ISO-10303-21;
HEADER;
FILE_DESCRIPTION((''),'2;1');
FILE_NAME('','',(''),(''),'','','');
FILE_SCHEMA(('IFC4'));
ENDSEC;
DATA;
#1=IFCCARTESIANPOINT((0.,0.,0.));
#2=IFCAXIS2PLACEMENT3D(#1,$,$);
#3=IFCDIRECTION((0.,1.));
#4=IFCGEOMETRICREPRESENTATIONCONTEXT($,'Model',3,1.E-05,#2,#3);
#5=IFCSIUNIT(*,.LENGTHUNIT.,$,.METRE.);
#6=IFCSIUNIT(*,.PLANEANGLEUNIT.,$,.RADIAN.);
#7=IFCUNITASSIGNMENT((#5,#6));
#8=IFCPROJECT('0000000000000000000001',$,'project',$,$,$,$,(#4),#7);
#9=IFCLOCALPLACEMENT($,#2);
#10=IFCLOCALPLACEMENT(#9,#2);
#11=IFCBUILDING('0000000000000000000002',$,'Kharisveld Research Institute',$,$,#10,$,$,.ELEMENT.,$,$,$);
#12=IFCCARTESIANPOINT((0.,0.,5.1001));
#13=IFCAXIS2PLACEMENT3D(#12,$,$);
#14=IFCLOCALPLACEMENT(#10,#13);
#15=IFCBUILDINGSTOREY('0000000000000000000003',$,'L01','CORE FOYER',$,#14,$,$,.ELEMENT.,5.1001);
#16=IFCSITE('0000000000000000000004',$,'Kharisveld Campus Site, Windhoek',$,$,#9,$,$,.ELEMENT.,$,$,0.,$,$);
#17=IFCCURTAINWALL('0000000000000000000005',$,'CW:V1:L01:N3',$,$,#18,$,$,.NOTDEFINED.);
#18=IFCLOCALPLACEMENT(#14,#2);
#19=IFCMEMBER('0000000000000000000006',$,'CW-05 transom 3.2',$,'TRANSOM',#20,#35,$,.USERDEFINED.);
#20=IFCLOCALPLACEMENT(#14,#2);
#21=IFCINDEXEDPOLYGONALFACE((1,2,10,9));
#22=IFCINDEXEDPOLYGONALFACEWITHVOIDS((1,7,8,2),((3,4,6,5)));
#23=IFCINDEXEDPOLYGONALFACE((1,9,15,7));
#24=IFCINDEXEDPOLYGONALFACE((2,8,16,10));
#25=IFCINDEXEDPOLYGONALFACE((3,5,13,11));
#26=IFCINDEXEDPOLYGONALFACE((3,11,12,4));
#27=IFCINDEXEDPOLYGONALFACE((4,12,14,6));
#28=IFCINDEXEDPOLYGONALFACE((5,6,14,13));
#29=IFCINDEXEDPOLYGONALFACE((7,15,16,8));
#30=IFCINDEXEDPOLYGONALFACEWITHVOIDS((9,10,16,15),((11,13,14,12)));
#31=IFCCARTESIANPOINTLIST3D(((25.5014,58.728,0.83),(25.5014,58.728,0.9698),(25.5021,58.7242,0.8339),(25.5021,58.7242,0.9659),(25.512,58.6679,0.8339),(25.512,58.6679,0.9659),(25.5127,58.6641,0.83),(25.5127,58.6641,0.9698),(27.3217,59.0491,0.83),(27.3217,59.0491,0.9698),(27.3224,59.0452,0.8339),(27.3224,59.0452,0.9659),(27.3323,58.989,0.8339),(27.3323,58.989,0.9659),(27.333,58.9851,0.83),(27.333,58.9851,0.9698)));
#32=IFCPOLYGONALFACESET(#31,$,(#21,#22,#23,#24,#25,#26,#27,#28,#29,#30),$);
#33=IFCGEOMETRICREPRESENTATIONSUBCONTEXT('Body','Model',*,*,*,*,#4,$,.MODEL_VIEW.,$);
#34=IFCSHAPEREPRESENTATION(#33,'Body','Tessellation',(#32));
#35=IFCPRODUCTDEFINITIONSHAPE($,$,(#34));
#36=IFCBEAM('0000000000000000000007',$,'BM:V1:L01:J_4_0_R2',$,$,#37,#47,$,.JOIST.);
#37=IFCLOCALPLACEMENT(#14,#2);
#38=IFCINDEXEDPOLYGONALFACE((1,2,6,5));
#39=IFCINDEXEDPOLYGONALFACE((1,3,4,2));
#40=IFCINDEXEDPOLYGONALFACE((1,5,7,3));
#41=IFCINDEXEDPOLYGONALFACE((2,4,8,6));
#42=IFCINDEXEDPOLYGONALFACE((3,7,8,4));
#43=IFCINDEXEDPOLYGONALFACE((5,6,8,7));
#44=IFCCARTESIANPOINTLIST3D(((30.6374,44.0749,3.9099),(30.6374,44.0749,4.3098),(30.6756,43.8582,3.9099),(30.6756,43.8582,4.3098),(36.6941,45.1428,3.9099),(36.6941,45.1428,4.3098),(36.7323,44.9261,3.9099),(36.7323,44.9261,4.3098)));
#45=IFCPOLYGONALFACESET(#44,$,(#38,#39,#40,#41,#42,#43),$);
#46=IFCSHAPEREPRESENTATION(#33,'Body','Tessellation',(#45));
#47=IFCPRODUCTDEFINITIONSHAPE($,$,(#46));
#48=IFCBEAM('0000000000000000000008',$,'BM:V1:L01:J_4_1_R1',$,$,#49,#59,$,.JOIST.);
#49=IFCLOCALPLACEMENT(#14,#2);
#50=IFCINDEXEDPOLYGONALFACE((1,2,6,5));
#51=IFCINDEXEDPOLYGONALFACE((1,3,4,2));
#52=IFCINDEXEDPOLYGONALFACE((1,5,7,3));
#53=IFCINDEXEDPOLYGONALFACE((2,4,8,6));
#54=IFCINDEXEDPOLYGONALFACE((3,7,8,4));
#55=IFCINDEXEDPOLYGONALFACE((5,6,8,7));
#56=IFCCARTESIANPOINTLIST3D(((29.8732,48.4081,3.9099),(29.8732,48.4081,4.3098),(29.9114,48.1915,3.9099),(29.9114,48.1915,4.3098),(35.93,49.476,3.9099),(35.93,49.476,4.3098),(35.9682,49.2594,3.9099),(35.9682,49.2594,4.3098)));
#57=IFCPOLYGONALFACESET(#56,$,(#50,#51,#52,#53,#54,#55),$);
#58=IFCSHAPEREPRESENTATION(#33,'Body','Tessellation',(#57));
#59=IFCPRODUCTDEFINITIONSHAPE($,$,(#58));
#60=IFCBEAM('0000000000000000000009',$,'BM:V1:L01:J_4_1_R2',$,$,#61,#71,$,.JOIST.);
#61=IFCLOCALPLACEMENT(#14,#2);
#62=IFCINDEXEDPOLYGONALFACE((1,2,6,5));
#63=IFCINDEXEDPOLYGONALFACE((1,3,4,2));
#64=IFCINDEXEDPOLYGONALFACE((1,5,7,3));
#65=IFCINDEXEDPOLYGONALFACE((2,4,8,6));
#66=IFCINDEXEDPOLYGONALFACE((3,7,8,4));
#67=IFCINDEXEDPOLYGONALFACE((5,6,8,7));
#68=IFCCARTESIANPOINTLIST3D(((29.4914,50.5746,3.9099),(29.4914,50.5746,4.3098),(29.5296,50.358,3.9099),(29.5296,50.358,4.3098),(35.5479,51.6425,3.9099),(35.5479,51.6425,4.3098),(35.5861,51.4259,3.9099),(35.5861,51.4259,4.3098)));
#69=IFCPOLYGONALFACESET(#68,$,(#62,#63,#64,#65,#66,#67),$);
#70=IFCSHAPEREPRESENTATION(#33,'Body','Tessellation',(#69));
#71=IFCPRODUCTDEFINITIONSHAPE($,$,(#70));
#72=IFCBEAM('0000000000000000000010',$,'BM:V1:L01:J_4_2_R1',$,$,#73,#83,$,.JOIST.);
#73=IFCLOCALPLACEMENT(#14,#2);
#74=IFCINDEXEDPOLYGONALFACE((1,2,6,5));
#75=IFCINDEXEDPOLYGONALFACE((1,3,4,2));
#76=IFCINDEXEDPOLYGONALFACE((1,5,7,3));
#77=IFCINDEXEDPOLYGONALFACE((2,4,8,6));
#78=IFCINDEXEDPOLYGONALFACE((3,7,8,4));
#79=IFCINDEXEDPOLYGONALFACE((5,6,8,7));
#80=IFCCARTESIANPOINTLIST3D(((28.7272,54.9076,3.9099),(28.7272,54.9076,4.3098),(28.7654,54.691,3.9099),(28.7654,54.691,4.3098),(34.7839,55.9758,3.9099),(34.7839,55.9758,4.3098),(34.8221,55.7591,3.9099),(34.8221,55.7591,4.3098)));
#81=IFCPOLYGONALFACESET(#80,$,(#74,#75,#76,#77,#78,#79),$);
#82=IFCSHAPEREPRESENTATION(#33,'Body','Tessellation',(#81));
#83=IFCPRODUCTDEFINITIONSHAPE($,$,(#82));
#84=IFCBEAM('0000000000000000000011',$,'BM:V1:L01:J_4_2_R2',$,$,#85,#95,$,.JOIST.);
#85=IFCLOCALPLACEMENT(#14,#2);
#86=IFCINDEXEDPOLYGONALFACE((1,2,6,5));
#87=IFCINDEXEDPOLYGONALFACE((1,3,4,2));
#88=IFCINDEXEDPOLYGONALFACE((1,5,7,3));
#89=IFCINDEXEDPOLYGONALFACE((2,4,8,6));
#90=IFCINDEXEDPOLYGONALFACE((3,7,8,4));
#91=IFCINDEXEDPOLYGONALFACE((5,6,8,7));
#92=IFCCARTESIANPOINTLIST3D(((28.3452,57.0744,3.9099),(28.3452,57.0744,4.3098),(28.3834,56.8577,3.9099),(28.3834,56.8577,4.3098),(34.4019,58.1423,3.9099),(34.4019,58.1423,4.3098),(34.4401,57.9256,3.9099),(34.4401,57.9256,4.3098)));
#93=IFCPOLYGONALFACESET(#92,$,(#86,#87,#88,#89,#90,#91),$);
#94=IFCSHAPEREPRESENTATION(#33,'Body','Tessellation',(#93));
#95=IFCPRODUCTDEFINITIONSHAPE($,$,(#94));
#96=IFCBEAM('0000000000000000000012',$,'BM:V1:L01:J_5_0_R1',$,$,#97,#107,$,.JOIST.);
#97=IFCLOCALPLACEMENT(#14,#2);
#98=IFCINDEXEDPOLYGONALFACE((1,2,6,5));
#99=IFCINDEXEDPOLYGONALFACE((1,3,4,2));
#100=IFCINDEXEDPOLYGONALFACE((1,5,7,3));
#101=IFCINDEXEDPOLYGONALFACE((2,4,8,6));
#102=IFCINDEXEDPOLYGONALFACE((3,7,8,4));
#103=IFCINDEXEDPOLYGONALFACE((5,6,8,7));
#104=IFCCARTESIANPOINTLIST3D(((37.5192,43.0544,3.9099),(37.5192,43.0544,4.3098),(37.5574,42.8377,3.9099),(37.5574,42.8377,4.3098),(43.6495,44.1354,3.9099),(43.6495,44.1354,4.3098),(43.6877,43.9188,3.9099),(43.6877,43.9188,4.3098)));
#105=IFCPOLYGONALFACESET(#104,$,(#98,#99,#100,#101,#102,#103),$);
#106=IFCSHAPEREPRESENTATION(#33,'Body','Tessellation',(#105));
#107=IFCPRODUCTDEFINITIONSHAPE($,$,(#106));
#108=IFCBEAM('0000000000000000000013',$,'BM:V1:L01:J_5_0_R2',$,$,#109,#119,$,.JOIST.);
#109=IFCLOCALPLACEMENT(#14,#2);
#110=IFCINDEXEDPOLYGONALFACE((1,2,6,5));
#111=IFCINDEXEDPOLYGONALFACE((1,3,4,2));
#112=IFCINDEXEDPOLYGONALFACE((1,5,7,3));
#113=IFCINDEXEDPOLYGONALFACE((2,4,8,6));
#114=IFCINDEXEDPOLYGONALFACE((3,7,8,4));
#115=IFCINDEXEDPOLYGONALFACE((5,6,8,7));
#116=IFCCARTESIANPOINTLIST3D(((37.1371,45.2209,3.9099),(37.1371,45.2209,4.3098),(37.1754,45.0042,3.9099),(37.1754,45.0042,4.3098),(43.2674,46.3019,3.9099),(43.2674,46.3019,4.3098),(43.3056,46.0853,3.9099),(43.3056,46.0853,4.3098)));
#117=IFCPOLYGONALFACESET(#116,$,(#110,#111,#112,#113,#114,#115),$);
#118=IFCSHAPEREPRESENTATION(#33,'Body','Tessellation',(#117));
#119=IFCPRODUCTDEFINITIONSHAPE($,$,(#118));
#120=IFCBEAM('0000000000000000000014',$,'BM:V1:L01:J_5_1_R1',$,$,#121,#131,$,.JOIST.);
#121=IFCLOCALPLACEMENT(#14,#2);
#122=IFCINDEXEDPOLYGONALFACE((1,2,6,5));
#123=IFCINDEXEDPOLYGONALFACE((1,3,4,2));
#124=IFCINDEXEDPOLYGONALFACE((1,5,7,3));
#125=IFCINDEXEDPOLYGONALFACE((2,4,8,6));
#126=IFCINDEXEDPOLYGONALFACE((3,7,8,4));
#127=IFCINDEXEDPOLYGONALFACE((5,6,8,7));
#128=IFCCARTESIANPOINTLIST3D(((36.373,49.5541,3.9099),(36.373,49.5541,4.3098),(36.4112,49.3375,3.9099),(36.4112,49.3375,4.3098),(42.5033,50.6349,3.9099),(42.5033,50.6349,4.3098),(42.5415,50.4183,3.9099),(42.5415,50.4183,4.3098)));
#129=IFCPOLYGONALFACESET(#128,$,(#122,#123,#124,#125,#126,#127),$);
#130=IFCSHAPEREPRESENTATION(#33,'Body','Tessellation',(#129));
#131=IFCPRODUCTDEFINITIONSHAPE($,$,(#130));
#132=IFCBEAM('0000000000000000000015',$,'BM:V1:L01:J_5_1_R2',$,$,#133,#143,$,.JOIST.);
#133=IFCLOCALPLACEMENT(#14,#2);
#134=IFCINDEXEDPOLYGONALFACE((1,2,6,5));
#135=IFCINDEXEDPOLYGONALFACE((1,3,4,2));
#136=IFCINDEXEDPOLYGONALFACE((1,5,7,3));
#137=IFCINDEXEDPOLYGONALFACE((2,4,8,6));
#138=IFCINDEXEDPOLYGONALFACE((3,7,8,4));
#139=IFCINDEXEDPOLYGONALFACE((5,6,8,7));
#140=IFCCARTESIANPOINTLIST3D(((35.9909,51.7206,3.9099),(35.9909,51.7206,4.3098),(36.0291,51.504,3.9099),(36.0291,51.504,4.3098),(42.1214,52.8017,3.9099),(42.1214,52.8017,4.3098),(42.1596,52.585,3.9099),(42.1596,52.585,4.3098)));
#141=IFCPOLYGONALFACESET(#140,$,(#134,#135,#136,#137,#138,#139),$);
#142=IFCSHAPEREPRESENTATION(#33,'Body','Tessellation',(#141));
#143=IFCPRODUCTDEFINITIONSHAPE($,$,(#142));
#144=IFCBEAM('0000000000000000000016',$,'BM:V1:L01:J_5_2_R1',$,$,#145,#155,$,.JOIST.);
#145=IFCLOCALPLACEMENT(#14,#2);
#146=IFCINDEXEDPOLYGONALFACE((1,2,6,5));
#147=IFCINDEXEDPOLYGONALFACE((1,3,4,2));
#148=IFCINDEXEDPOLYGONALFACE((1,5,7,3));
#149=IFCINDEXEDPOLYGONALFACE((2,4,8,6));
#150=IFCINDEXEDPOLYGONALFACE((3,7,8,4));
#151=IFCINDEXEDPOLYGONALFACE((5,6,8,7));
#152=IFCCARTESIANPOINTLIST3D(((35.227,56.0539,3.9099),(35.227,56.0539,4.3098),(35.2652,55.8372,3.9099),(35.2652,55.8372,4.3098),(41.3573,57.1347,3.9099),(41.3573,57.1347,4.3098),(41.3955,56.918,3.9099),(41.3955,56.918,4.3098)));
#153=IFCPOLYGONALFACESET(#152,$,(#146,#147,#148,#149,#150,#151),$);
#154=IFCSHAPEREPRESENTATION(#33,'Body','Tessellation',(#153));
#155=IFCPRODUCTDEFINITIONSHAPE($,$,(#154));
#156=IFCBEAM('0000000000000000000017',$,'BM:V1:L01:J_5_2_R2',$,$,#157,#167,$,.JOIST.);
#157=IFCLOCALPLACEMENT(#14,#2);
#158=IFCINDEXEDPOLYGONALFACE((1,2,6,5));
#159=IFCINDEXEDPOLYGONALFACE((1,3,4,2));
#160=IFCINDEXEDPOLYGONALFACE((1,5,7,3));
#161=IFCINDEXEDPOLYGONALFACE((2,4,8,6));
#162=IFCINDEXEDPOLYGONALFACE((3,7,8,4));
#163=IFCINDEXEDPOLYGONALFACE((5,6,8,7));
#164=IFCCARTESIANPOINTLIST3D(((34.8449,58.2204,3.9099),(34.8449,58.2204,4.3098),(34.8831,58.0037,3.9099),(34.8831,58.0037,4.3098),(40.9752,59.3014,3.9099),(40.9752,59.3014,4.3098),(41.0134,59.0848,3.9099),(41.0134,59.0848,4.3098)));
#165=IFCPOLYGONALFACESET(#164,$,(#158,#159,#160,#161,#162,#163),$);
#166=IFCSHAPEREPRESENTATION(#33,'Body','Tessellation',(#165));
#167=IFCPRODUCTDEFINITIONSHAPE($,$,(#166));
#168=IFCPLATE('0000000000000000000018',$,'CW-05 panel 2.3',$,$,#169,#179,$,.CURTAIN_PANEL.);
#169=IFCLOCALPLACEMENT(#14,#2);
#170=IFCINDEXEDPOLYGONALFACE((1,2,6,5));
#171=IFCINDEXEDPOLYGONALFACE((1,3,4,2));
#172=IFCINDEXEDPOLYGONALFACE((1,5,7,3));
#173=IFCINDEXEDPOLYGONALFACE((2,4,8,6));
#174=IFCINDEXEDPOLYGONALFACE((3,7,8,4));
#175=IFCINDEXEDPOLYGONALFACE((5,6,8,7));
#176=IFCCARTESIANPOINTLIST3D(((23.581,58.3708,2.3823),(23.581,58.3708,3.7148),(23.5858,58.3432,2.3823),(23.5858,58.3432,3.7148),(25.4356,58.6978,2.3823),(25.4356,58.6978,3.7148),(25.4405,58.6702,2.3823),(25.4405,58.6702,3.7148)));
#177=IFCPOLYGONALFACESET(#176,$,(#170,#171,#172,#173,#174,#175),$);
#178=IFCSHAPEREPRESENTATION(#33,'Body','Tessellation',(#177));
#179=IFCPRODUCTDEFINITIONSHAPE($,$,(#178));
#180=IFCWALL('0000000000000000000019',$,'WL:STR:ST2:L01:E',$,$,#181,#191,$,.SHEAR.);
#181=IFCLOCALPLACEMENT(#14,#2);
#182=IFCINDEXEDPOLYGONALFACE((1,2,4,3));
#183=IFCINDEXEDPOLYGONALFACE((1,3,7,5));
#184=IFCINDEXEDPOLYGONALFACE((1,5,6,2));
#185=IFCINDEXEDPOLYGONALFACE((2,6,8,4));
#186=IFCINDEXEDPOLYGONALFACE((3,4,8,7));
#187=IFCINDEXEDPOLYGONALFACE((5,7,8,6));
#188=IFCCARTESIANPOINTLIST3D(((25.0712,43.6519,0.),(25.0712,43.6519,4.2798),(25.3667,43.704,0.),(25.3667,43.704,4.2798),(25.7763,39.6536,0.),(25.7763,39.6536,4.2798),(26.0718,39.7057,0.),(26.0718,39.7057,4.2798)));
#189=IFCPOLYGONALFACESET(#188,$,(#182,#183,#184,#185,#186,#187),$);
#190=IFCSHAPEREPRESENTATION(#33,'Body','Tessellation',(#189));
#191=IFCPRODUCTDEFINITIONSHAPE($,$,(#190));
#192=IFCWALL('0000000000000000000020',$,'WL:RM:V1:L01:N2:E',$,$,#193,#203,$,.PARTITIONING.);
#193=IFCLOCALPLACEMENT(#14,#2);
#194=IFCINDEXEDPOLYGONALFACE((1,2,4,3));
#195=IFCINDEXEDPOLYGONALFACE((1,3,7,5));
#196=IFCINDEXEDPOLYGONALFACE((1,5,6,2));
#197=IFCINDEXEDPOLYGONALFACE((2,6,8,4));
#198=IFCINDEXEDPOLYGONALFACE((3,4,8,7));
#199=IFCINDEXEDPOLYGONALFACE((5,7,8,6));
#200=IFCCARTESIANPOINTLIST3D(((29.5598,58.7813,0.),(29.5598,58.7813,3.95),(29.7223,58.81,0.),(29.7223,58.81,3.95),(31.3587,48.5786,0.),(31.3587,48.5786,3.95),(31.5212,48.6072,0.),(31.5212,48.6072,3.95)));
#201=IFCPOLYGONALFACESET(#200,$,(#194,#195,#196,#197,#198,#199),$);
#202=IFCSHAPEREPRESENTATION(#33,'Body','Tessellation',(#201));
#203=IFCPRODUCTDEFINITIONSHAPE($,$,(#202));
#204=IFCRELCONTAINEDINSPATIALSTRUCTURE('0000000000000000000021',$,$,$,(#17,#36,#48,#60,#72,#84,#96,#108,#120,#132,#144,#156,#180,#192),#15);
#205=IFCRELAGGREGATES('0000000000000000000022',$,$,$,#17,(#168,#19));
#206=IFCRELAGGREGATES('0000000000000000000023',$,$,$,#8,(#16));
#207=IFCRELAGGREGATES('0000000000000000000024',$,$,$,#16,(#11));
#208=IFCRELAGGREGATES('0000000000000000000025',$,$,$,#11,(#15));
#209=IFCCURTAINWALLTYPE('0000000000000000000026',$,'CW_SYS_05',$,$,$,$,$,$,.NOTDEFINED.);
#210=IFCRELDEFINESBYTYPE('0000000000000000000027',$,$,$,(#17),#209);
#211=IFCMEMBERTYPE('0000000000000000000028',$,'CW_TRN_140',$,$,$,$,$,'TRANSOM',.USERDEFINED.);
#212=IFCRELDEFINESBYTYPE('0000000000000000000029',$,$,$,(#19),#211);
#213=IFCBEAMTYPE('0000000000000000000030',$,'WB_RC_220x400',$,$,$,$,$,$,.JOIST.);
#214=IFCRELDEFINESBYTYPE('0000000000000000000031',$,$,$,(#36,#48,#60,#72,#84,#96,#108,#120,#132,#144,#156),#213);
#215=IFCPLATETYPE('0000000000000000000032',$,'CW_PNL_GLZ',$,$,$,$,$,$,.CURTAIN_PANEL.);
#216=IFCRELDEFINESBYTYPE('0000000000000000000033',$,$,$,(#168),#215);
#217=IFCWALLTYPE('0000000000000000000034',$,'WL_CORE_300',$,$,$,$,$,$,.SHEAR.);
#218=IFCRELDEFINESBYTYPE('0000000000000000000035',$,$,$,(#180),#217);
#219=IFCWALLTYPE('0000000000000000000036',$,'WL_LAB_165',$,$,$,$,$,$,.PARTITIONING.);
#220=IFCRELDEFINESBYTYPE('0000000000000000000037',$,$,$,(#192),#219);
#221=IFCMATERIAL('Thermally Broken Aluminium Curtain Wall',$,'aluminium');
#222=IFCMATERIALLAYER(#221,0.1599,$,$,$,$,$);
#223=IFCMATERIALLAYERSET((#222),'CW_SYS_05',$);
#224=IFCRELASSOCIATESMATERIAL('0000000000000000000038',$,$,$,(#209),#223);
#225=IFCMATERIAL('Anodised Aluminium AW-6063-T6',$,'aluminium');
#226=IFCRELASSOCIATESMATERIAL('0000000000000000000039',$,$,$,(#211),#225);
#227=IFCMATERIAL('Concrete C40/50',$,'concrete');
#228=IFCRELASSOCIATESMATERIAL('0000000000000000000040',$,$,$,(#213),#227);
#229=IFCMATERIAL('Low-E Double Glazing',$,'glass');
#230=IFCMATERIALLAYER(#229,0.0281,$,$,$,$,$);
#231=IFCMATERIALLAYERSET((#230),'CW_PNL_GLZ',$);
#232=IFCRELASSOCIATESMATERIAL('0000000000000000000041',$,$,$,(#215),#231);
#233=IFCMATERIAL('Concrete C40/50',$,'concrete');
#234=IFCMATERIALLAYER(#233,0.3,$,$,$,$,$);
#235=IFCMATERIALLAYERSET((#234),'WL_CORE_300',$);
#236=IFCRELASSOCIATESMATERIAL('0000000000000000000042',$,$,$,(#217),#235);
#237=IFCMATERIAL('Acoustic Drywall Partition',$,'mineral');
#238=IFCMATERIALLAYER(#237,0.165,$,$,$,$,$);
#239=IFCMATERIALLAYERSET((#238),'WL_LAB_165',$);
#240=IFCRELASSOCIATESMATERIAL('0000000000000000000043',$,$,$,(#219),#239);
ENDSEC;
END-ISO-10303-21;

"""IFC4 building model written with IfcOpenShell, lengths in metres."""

from ifc_helpers import new_model, si_unit, direction, frame, frame_2d, origin, origin_2d, place, context, subcontext, project, spatial, rectangle, hollow_rectangle, extrude, material, layer, layer_set, material_profile, profile_set, type_object, element, aggregate, save


model = new_model("IFC4")

# Units and contexts
model_context = context("Model", 3, precision=1e-05, world=origin(), true_north=direction((0.0, 1.0)))
body_context = subcontext(model_context, "Body", "Model", "MODEL_VIEW")
ifc_project = project(units=[si_unit("LENGTHUNIT", "METRE"), si_unit("PLANEANGLEUNIT", "RADIAN")], contexts=[model_context])

# Site, building, storey
site_placement = place(None, origin())
site = spatial("IfcSite", under=ifc_project, at=site_placement, Name="Kharisveld Campus Site, Windhoek", CompositionType="ELEMENT", RefElevation=0.0)
building_placement = place(site_placement, origin())
building = spatial("IfcBuilding", under=site, at=building_placement, Name="Kharisveld Research Institute", CompositionType="ELEMENT")
storey_placement = place(building_placement, frame((0.0, 0.0, 5.1001)))
storey = spatial("IfcBuildingStorey", under=building, at=storey_placement, Name="L01", Description="CORE FOYER", CompositionType="ELEMENT", Elevation=5.1001)

# Curtain wall, member
ifc_material_1 = material(Name="Thermally Broken Aluminium Curtain Wall", Category="aluminium")
ifc_layer_1 = layer(ifc_material_1, 0.1599)
ifc_layer_set_1 = layer_set([ifc_layer_1], Name="CW_SYS_05")
curtain_wall_type = type_object("IfcCurtainWallType", Name="CW_SYS_05", PredefinedType="NOTDEFINED", material=ifc_layer_set_1)
curtain_wall_placement = place(storey_placement, origin())
curtain_wall = element("IfcCurtainWall", 1, at=curtain_wall_placement, inside=storey, type_object=curtain_wall_type, Name="CW:V1:L01:N3", PredefinedType="NOTDEFINED")
ifc_material_2 = material(Name="Anodised Aluminium AW-6063-T6", Category="aluminium")
ifc_material_profile_1 = material_profile(ifc_material_2, hollow_rectangle(XDim=0.0649, YDim=0.1399, WallThickness=0.0039, at=origin_2d()))
ifc_profile_set_1 = profile_set([ifc_material_profile_1], Name="Anodised Aluminium AW-6063-T6")
member_type_1 = type_object("IfcMemberType", Name="CW_TRN_140", ElementType="TRANSOM", PredefinedType="USERDEFINED", material=ifc_profile_set_1)
member_1_placement = place(storey_placement, frame((25.5071, 58.696, 0.8999), z_axis=(0.984801, 0.173687, 0.0), x_axis=(-0.173687, 0.984801, 0.0)))
member_1 = element("IfcMember", 2, at=member_1_placement, type_object=member_type_1, Name="CW-05 transom 3.2", ObjectType="TRANSOM", PredefinedType="USERDEFINED", context=body_context, shape_type="SweptSolid", body=[
    extrude(hollow_rectangle(XDim=0.0649, YDim=0.1399, WallThickness=0.0039, at=origin_2d()), origin(), (0.0, 0.0, 1.0), 1.8484),
])

# Beams
ifc_material_3 = material(Name="Concrete C40/50", Category="concrete")
ifc_material_profile_2 = material_profile(ifc_material_3, rectangle(XDim=0.22, YDim=0.3999, at=origin_2d()))
ifc_profile_set_2 = profile_set([ifc_material_profile_2], Name="Concrete C40/50")
beam_type_1 = type_object("IfcBeamType", Name="WB_RC_220x400", PredefinedType="JOIST", material=ifc_profile_set_2)
for number, where, z_axis, x_axis, name in (
    (3, (30.6565, 43.9666, 4.1099), (0.98481, 0.173636, 0.0), (-0.173636, 0.98481, 0.0), "BM:V1:L01:J_4_0_R2"),
    (4, (29.8923, 48.2998, 4.1099), (0.98481, 0.173636, 0.0), (-0.173636, 0.98481, 0.0), "BM:V1:L01:J_4_1_R1"),
):
    element("IfcBeam", number, at=place(storey_placement, frame(where, z_axis=z_axis, x_axis=x_axis)), inside=storey, type_object=beam_type_1, Name=name, PredefinedType="JOIST", context=body_context, shape_type="SweptSolid", body=[
        extrude(rectangle(XDim=0.22, YDim=0.3999, at=origin_2d()), origin(), (0.0, 0.0, 1.0), 6.1501),
    ])
beam_1_placement = place(storey_placement, frame((29.5105, 50.4663, 4.1099), z_axis=(0.984809, 0.173643, 0.0), x_axis=(-0.173643, 0.984809, 0.0)))
element("IfcBeam", 5, at=beam_1_placement, inside=storey, type_object=beam_type_1, Name="BM:V1:L01:J_4_1_R2", PredefinedType="JOIST", context=body_context, shape_type="SweptSolid", body=[
    extrude(rectangle(XDim=0.22, YDim=0.3999, at=origin_2d()), origin(), (0.0, 0.0, 1.0), 6.1499),
])
for number, where, z_axis, x_axis, name in (
    (6, (28.7463, 54.7993, 4.1099), (0.984803, 0.173674, 0.0), (-0.173674, 0.984803, 0.0), "BM:V1:L01:J_4_2_R1"),
    (7, (28.3643, 56.9661, 4.1099), (0.98481, 0.173636, 0.0), (-0.173636, 0.98481, 0.0), "BM:V1:L01:J_4_2_R2"),
):
    element("IfcBeam", number, at=place(storey_placement, frame(where, z_axis=z_axis, x_axis=x_axis)), inside=storey, type_object=beam_type_1, Name=name, PredefinedType="JOIST", context=body_context, shape_type="SweptSolid", body=[
        extrude(rectangle(XDim=0.22, YDim=0.3999, at=origin_2d()), origin(), (0.0, 0.0, 1.0), 6.1501),
    ])
for number, where, z_axis, x_axis, name in (
    (8, (37.5383, 42.946, 4.1099), (0.984805, 0.173665, 0.0), (-0.173665, 0.984805, 0.0), "BM:V1:L01:J_5_0_R1"),
    (9, (37.1562, 45.1125, 4.1099), (0.984805, 0.173665, 0.0), (-0.173665, 0.984805, 0.0), "BM:V1:L01:J_5_0_R2"),
    (10, (36.3921, 49.4458, 4.1099), (0.984812, 0.173626, 0.0), (-0.173626, 0.984812, 0.0), "BM:V1:L01:J_5_1_R1"),
):
    element("IfcBeam", number, at=place(storey_placement, frame(where, z_axis=z_axis, x_axis=x_axis)), inside=storey, type_object=beam_type_1, Name=name, PredefinedType="JOIST", context=body_context, shape_type="SweptSolid", body=[
        extrude(rectangle(XDim=0.22, YDim=0.3999, at=origin_2d()), origin(), (0.0, 0.0, 1.0), 6.2249),
    ])
beam_2_placement = place(storey_placement, frame((36.01, 51.6123, 4.1099), z_axis=(0.984806, 0.173658, 0.0), x_axis=(-0.173658, 0.984806, 0.0)))
element("IfcBeam", 11, at=beam_2_placement, inside=storey, type_object=beam_type_1, Name="BM:V1:L01:J_5_1_R2", PredefinedType="JOIST", context=body_context, shape_type="SweptSolid", body=[
    extrude(rectangle(XDim=0.22, YDim=0.3999, at=origin_2d()), origin(), (0.0, 0.0, 1.0), 6.2251),
])
for number, where, z_axis, x_axis, name in (
    (12, (35.2461, 55.9456, 4.1099), (0.984812, 0.173626, 0.0), (-0.173626, 0.984812, 0.0), "BM:V1:L01:J_5_2_R1"),
    (13, (34.864, 58.1121, 4.1099), (0.984805, 0.173665, 0.0), (-0.173665, 0.984805, 0.0), "BM:V1:L01:J_5_2_R2"),
):
    element("IfcBeam", number, at=place(storey_placement, frame(where, z_axis=z_axis, x_axis=x_axis)), inside=storey, type_object=beam_type_1, Name=name, PredefinedType="JOIST", context=body_context, shape_type="SweptSolid", body=[
        extrude(rectangle(XDim=0.22, YDim=0.3999, at=origin_2d()), origin(), (0.0, 0.0, 1.0), 6.2249),
    ])

# Plate
ifc_material_4 = material(Name="Low-E Double Glazing", Category="glass")
ifc_layer_2 = layer(ifc_material_4, 0.0281)
ifc_layer_set_2 = layer_set([ifc_layer_2], Name="CW_PNL_GLZ")
plate_type = type_object("IfcPlateType", Name="CW_PNL_GLZ", PredefinedType="CURTAIN_PANEL", material=ifc_layer_set_2)
plate_placement = place(storey_placement, frame((24.5107, 58.5205, 2.3823), z_axis=(0.0, 0.0, 1.0), x_axis=(0.984808, 0.173648, 0.0)))
plate = element("IfcPlate", 14, at=plate_placement, type_object=plate_type, Name="CW-05 panel 2.3", PredefinedType="CURTAIN_PANEL", context=body_context, shape_type="SweptSolid", body=[
    extrude(rectangle(XDim=1.8833, YDim=0.0281, at=origin_2d()), origin(), (0.0, 0.0, 1.0), 1.3325),
])
aggregate(curtain_wall, [plate, member_1])

# Walls
ifc_material_5 = material(Name="Concrete C40/50", Category="concrete")
ifc_layer_3 = layer(ifc_material_5, 0.3)
ifc_layer_set_3 = layer_set([ifc_layer_3], Name="WL_CORE_300")
wall_type_1 = type_object("IfcWallType", Name="WL_CORE_300", PredefinedType="SHEAR", material=ifc_layer_set_3)
wall_1_placement = place(storey_placement, frame((25.219, 43.678, 0.0), z_axis=(0.0, 0.0, 1.0), x_axis=(0.173665, -0.984805, 0.0)))
element("IfcWall", 15, at=wall_1_placement, inside=storey, type_object=wall_type_1, Name="WL:STR:ST2:L01:E", PredefinedType="SHEAR", context=body_context, shape_type="SweptSolid", body=[
    extrude(rectangle(XDim=4.0601, YDim=0.3, at=frame_2d((2.03, 0.0))), origin(), (0.0, 0.0, 1.0), 4.2798),
])
ifc_material_6 = material(Name="Acoustic Drywall Partition", Category="mineral")
ifc_layer_4 = layer(ifc_material_6, 0.165)
ifc_layer_set_4 = layer_set([ifc_layer_4], Name="WL_LAB_165")
wall_type_2 = type_object("IfcWallType", Name="WL_LAB_165", PredefinedType="PARTITIONING", material=ifc_layer_set_4)
wall_2_placement = place(storey_placement, frame((31.4399, 48.5928, 0.0), z_axis=(0.0, 0.0, 1.0), x_axis=(-0.173632, 0.984811, 0.0)))
element("IfcWall", 16, at=wall_2_placement, inside=storey, type_object=wall_type_2, Name="WL:RM:V1:L01:N2:E", PredefinedType="PARTITIONING", context=body_context, shape_type="SweptSolid", body=[
    extrude(rectangle(XDim=10.3601, YDim=0.165, at=frame_2d((5.1802, 0.0))), origin(), (0.0, 0.0, 1.0), 3.95),
])

save(model, "model.ifc")
